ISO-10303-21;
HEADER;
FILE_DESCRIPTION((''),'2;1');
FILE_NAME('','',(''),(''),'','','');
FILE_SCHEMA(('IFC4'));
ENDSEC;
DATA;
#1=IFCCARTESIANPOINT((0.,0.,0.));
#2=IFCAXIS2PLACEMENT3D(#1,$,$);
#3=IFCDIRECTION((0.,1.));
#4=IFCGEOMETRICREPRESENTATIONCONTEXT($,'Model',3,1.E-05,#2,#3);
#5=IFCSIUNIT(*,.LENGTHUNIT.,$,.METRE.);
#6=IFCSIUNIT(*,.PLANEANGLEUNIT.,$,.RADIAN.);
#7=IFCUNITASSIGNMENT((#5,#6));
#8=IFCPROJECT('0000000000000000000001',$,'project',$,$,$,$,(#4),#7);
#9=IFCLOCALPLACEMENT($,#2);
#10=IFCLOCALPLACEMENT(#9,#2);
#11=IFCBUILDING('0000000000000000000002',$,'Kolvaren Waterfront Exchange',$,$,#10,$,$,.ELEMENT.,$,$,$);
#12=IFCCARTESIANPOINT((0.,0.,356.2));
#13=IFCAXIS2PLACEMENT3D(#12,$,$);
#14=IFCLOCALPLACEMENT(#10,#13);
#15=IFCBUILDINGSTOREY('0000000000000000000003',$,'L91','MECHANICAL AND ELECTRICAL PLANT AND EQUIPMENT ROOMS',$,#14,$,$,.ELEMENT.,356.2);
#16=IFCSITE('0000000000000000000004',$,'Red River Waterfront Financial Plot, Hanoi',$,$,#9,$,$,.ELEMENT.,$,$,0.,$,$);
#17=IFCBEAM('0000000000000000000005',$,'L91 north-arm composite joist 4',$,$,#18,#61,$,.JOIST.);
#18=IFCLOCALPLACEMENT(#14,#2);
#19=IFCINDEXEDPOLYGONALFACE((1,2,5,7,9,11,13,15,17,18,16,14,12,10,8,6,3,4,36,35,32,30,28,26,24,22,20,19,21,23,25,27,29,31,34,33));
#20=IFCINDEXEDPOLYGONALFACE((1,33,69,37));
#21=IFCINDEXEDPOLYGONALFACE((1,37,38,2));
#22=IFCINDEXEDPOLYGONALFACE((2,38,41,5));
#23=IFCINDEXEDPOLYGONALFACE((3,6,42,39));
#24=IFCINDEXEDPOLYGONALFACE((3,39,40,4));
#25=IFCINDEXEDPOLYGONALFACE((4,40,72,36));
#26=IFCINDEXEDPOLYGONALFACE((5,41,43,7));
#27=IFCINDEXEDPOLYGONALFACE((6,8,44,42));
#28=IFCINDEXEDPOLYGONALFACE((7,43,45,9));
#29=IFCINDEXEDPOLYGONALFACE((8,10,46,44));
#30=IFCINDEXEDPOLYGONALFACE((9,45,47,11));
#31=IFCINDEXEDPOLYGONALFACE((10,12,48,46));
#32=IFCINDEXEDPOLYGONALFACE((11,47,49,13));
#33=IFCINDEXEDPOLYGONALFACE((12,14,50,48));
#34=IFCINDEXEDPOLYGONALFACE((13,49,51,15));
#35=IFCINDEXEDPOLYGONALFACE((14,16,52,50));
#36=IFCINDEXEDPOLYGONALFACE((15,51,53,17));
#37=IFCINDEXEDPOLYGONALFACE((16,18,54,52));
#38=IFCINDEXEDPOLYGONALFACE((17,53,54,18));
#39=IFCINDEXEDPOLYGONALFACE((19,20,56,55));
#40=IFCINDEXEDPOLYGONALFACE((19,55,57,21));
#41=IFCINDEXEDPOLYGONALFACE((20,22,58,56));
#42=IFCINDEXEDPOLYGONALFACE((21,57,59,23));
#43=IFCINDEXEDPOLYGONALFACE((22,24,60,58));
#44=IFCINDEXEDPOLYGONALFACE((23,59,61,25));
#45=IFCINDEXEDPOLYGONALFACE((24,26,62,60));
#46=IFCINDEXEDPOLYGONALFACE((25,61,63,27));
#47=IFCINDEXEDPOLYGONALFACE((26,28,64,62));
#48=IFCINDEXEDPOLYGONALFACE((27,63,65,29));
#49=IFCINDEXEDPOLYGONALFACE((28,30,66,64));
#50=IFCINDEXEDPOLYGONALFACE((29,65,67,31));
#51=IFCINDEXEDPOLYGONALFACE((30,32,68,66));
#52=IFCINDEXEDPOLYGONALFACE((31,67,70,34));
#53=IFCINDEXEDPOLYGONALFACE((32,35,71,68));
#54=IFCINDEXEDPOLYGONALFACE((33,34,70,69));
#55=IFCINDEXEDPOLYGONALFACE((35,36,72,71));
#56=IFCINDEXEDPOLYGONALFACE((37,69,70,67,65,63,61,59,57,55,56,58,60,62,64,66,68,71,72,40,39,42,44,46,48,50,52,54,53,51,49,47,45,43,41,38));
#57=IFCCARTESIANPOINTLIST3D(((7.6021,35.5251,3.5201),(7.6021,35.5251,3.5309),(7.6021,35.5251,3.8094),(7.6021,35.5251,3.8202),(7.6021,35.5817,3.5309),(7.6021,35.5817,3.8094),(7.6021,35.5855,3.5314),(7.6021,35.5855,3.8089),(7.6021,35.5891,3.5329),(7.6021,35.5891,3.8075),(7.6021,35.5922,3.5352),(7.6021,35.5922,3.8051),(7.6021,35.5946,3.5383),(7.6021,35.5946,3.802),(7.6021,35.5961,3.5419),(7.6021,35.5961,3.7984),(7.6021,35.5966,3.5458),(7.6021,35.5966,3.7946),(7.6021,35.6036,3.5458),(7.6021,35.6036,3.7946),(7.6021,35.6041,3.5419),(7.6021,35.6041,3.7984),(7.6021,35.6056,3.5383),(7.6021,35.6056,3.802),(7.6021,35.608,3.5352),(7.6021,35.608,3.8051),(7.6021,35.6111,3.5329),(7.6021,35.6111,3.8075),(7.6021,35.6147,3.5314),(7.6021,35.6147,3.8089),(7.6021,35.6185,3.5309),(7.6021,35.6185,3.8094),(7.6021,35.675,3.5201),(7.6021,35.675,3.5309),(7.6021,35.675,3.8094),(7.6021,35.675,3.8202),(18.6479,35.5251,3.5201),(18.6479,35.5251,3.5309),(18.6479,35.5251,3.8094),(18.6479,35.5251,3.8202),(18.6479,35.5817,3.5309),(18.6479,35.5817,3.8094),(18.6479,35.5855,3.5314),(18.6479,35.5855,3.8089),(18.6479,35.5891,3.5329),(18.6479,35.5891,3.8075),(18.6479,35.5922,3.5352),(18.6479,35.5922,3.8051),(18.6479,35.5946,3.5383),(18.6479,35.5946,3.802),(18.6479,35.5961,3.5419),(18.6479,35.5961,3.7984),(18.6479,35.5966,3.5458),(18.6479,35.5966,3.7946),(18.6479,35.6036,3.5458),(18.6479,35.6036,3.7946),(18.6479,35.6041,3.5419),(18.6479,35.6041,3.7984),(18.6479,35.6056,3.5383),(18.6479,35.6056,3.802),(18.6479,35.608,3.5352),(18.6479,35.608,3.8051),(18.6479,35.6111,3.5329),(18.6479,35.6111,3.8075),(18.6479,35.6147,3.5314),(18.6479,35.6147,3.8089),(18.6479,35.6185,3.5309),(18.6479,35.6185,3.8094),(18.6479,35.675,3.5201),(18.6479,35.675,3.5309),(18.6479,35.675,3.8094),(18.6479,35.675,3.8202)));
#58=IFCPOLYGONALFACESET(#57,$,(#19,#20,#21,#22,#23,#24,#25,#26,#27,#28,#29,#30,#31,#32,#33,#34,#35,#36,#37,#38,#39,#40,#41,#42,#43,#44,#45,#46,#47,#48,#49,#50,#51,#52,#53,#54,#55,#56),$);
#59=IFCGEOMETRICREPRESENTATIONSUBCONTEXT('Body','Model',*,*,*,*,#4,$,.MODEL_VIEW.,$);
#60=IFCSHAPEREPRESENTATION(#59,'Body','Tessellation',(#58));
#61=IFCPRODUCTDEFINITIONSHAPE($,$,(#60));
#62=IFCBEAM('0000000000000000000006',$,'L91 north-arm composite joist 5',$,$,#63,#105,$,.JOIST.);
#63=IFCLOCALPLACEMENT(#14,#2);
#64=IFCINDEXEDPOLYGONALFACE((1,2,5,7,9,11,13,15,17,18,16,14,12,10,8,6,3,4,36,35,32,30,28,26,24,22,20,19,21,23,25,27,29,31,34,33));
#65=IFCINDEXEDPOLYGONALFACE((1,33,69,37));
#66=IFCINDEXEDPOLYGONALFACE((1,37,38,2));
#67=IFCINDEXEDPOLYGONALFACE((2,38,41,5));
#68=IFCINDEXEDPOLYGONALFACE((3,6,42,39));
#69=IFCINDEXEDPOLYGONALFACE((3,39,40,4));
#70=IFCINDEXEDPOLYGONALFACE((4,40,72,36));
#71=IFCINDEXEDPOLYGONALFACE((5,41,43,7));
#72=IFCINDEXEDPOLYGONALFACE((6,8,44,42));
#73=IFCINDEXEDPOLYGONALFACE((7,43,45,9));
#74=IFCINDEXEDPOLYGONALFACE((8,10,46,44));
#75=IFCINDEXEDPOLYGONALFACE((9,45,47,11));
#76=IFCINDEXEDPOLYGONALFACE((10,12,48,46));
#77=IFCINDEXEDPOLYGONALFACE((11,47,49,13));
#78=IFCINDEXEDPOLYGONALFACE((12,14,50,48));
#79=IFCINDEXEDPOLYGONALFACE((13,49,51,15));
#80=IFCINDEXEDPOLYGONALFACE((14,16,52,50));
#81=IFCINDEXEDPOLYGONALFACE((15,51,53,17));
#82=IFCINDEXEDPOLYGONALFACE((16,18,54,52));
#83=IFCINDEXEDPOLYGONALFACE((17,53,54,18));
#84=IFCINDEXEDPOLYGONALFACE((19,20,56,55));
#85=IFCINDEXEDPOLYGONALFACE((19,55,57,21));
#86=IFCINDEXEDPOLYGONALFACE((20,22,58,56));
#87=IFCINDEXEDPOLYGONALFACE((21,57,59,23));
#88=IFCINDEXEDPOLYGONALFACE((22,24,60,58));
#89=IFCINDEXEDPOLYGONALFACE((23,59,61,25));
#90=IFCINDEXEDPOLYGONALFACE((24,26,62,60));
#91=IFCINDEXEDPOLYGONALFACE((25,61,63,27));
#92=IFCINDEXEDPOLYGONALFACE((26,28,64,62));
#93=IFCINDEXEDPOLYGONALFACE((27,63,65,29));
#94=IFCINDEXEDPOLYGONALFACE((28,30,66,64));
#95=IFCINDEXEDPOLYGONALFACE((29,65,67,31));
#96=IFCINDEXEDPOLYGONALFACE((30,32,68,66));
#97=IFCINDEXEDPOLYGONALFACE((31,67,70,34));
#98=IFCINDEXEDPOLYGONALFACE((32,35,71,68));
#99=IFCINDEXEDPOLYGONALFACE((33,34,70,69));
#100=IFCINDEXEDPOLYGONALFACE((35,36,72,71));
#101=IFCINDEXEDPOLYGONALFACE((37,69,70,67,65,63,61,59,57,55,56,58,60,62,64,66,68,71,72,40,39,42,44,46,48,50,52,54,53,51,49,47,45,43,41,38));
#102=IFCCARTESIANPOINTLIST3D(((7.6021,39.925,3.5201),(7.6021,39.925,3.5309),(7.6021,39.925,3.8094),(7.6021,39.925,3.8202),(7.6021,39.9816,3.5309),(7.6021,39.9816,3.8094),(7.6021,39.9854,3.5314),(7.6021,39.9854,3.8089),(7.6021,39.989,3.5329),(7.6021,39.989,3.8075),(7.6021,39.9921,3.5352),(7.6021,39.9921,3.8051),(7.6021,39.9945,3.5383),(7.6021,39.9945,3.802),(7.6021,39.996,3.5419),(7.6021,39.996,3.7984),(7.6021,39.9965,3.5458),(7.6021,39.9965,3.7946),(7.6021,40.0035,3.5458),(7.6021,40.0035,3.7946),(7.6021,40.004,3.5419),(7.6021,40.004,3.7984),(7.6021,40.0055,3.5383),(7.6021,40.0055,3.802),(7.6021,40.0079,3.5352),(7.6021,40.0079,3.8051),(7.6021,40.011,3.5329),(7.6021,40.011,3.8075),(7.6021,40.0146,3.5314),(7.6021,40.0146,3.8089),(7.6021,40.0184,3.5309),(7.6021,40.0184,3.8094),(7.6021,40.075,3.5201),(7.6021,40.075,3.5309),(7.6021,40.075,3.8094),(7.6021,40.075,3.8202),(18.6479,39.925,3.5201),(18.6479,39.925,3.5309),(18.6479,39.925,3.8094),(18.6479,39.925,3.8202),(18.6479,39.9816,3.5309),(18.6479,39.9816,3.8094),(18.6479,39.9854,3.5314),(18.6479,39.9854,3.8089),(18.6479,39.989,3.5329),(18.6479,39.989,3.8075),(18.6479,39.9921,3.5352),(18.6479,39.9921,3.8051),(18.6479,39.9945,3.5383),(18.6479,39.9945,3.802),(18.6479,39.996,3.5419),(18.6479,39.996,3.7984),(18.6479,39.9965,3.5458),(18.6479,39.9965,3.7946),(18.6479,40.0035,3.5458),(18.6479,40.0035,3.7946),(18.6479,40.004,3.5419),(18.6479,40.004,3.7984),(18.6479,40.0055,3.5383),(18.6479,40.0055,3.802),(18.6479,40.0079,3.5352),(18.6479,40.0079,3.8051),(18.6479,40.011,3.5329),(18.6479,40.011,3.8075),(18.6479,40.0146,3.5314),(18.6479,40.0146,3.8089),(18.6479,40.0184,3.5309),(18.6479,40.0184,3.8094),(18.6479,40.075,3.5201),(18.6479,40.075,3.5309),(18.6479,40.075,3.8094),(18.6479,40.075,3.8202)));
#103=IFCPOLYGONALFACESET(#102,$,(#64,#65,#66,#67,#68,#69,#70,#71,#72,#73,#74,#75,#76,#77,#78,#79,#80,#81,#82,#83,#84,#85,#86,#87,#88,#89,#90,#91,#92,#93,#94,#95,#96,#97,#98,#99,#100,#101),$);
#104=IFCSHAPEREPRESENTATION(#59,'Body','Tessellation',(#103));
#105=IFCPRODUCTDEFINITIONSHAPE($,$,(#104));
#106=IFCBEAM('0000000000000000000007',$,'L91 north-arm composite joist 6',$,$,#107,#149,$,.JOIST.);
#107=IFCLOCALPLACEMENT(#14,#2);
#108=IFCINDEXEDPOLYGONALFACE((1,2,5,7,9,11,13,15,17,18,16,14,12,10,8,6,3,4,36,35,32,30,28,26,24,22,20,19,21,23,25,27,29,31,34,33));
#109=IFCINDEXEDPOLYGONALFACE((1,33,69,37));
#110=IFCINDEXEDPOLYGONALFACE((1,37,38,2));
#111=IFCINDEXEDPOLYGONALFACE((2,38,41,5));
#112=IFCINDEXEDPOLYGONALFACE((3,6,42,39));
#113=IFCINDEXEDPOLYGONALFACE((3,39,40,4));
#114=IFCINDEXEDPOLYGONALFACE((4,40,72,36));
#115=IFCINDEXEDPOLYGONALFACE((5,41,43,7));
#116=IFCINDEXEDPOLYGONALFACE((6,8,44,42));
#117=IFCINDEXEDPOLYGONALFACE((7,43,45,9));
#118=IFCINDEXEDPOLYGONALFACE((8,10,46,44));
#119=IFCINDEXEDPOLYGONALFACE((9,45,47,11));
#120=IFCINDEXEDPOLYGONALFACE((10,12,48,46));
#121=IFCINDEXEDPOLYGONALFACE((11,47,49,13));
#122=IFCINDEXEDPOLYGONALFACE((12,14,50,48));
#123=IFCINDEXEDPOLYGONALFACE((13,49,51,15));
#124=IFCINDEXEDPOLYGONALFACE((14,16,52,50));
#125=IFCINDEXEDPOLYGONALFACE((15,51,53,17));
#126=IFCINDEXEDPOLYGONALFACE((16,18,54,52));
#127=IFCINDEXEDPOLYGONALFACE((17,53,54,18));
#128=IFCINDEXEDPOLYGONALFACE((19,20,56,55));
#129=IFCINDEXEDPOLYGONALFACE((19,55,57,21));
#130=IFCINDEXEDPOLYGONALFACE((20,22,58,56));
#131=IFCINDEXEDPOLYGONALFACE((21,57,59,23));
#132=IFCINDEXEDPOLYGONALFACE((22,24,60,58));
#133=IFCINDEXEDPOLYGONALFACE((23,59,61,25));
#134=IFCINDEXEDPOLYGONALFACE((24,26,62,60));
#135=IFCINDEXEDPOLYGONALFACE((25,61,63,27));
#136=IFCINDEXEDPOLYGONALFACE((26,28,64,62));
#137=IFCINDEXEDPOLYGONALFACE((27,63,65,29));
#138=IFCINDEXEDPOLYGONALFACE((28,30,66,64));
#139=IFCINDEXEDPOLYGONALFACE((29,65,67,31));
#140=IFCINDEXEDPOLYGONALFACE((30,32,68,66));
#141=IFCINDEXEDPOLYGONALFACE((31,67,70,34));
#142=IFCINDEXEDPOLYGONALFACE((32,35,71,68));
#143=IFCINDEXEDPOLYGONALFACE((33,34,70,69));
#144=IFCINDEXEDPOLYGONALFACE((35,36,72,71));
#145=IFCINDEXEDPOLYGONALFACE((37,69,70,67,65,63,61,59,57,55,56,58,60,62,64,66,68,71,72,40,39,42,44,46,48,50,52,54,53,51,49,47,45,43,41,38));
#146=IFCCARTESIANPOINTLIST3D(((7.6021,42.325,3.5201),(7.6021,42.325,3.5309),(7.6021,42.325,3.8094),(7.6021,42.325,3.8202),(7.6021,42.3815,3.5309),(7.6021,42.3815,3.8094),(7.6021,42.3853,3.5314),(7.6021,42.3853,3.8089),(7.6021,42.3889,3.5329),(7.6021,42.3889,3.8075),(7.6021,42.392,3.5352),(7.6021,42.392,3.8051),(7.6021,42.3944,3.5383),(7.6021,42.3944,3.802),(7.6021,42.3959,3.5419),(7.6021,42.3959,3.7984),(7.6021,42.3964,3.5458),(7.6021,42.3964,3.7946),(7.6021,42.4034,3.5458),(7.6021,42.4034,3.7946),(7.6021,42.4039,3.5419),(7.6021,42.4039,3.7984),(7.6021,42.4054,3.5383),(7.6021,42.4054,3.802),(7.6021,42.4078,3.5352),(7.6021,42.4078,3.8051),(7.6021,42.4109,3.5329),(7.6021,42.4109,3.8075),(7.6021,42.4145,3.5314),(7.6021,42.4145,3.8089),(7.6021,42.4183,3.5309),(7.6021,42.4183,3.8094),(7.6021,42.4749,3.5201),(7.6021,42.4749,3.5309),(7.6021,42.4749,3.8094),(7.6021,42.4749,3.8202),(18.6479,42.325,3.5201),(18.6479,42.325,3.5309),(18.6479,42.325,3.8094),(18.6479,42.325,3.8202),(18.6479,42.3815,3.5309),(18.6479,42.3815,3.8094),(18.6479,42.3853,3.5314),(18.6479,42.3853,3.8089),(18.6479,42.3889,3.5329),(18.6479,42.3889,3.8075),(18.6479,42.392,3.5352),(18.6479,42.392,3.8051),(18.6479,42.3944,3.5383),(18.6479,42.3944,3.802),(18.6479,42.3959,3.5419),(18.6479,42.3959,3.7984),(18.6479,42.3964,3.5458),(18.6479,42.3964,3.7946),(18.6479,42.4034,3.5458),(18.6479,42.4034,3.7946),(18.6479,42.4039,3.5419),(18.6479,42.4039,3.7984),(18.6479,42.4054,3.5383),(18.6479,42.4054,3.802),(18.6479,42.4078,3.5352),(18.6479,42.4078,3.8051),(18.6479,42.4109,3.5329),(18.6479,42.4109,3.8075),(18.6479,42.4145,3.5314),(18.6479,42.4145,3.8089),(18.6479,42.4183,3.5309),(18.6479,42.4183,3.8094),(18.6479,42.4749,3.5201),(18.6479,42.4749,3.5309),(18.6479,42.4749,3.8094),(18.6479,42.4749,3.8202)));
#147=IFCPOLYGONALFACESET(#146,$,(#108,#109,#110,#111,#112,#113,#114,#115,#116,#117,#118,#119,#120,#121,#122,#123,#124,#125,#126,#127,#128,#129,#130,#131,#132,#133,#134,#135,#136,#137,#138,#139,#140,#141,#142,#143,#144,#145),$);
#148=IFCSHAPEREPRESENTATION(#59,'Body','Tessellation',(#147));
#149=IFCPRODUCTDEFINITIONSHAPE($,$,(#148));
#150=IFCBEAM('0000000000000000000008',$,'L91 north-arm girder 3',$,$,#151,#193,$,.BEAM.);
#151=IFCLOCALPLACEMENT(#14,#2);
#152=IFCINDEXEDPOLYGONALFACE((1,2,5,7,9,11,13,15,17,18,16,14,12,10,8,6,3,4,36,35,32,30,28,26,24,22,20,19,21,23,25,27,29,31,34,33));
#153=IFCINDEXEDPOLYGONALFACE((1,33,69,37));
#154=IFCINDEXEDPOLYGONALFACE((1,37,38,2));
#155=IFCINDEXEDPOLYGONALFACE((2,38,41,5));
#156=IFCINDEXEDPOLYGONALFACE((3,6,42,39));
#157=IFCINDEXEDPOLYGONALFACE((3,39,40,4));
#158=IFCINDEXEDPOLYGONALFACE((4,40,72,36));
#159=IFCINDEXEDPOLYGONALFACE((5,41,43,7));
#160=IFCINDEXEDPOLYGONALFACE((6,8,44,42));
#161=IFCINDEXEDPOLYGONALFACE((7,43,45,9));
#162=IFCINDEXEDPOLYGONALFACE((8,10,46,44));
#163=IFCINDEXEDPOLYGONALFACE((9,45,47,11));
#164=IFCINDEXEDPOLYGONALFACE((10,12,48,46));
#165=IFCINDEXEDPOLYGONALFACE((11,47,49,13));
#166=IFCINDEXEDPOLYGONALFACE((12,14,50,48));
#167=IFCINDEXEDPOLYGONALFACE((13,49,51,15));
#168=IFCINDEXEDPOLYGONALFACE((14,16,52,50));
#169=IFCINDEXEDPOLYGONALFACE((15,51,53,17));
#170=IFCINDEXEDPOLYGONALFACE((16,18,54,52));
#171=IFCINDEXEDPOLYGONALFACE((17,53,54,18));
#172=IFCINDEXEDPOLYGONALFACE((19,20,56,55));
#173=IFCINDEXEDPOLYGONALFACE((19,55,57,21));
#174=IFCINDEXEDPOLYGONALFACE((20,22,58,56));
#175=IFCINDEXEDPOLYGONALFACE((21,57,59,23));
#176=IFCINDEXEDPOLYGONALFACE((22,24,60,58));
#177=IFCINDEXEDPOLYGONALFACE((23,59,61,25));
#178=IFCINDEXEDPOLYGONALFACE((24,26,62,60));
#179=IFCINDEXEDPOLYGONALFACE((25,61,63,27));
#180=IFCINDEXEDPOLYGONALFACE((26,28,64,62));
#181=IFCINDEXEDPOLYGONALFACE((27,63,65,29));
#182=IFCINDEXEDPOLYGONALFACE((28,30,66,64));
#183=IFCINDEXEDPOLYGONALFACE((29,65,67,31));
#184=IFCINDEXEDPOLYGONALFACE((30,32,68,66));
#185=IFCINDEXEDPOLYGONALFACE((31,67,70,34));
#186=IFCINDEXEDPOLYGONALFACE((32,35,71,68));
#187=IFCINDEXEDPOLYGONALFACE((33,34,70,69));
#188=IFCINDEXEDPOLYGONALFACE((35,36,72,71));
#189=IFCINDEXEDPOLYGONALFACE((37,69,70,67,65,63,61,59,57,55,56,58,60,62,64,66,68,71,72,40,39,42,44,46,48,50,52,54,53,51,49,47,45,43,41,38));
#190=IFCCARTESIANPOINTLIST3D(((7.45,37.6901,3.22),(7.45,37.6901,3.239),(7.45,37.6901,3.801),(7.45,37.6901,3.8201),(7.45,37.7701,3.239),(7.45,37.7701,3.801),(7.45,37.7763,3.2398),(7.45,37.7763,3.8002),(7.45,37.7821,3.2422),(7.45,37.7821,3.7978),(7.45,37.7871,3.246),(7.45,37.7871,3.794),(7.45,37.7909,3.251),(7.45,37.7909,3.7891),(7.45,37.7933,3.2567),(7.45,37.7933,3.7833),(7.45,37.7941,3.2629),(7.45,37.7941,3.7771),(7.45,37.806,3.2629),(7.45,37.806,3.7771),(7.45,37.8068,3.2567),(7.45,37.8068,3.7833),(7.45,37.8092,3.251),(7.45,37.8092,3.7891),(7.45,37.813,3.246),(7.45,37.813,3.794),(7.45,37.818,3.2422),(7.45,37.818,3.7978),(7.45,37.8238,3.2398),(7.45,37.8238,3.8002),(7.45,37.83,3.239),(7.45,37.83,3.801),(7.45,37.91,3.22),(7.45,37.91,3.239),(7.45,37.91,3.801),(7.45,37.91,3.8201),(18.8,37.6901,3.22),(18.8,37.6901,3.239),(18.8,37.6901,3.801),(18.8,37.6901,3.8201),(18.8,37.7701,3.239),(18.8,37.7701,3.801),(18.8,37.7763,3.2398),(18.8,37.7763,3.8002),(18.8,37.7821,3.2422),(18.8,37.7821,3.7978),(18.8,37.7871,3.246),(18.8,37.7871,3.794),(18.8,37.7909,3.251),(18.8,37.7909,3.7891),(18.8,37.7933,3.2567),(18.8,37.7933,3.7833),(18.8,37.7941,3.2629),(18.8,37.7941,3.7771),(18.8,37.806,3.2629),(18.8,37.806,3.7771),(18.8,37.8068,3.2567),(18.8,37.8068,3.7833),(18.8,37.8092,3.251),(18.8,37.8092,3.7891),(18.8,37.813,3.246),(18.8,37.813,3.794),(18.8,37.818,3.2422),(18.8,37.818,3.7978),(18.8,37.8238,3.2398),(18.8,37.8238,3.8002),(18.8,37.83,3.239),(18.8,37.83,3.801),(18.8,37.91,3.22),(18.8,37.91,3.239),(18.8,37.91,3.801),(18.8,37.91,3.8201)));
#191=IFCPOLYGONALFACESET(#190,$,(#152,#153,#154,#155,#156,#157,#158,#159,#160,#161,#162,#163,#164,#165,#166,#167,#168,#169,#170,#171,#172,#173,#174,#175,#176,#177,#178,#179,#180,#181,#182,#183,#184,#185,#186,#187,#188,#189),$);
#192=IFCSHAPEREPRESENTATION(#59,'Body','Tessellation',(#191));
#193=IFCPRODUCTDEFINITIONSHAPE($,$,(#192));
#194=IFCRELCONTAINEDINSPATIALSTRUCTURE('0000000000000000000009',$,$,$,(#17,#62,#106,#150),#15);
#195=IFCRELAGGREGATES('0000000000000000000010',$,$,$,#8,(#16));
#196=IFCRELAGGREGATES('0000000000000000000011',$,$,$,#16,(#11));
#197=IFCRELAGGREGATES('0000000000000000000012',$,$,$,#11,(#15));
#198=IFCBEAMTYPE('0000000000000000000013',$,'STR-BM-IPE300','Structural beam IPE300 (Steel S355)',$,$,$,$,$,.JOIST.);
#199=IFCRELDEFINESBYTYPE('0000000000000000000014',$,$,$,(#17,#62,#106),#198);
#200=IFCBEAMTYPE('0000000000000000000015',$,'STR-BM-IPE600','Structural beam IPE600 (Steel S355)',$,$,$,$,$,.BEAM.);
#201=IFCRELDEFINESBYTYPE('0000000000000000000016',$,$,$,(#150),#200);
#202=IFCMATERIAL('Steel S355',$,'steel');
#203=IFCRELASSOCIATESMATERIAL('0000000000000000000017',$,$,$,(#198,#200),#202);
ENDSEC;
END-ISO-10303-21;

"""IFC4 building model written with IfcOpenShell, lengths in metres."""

from ifc_helpers import new_model, si_unit, direction, frame, origin, origin_2d, place, context, subcontext, project, spatial, i_section, extrude, material, material_profile, profile_set, type_object, element, save


model = new_model("IFC4")

# Units and contexts
model_context = context("Model", 3, precision=1e-05, world=origin(), true_north=direction((0.0, 1.0)))
body_context = subcontext(model_context, "Body", "Model", "MODEL_VIEW")
ifc_project = project(units=[si_unit("LENGTHUNIT", "METRE"), si_unit("PLANEANGLEUNIT", "RADIAN")], contexts=[model_context])

# Site, building, storey
site_placement = place(None, origin())
site = spatial("IfcSite", under=ifc_project, at=site_placement, Name="Red River Waterfront Financial Plot, Hanoi", CompositionType="ELEMENT", RefElevation=0.0)
building_placement = place(site_placement, origin())
building = spatial("IfcBuilding", under=site, at=building_placement, Name="Kolvaren Waterfront Exchange", CompositionType="ELEMENT")
storey_placement = place(building_placement, frame((0.0, 0.0, 356.2)))
storey = spatial("IfcBuildingStorey", under=building, at=storey_placement, Name="L91", Description="MECHANICAL AND ELECTRICAL PLANT AND EQUIPMENT ROOMS", CompositionType="ELEMENT", Elevation=356.2)

# Beams
ifc_material_1 = material(Name="Steel S355", Category="steel")
ifc_material_profile_1 = material_profile(ifc_material_1, i_section(OverallWidth=0.1499, OverallDepth=0.3, WebThickness=0.0071, FlangeThickness=0.0107, FilletRadius=0.0149, at=origin_2d()), Name="IPE300")
ifc_profile_set_1 = profile_set([ifc_material_profile_1], Name="Steel S355")
beam_type_1 = type_object("IfcBeamType", Name="STR-BM-IPE300", Description="Structural beam IPE300 (Steel S355)", PredefinedType="JOIST", material=ifc_profile_set_1)
for number, where, z_axis, x_axis, name in (
    (1, (7.6021, 35.6001, 3.6702), (1.0, 0.0, 0.0), (0.0, 1.0, 0.0), "L91 north-arm composite joist 4"),
    (2, (7.6021, 40.0, 3.6702), (1.0, 0.0, 0.0), (0.0, 1.0, 0.0), "L91 north-arm composite joist 5"),
    (3, (7.6021, 42.3999, 3.6702), (1.0, 0.0, 0.0), (0.0, 1.0, 0.0), "L91 north-arm composite joist 6"),
):
    element("IfcBeam", number, at=place(storey_placement, frame(where, z_axis=z_axis, x_axis=x_axis)), inside=storey, type_object=beam_type_1, Name=name, PredefinedType="JOIST", context=body_context, shape_type="SweptSolid", body=[
        extrude(i_section(OverallWidth=0.1499, OverallDepth=0.3, WebThickness=0.0071, FlangeThickness=0.0107, FilletRadius=0.0149, at=origin_2d()), origin(), (0.0, 0.0, 1.0), 11.0459),
    ])
ifc_material_profile_2 = material_profile(ifc_material_1, i_section(OverallWidth=0.22, OverallDepth=0.6001, WebThickness=0.012, FlangeThickness=0.019, FilletRadius=0.0239, at=origin_2d()), Name="IPE600")
ifc_profile_set_2 = profile_set([ifc_material_profile_2], Name="Steel S355")
beam_type_2 = type_object("IfcBeamType", Name="STR-BM-IPE600", Description="Structural beam IPE600 (Steel S355)", PredefinedType="BEAM", material=ifc_profile_set_2)
for number, where, z_axis, x_axis, name in (
    (4, (7.45, 37.8, 3.52), (1.0, 0.0, 0.0), (0.0, 1.0, 0.0), "L91 north-arm girder 3"),
):
    element("IfcBeam", number, at=place(storey_placement, frame(where, z_axis=z_axis, x_axis=x_axis)), inside=storey, type_object=beam_type_2, Name=name, PredefinedType="BEAM", context=body_context, shape_type="SweptSolid", body=[
        extrude(i_section(OverallWidth=0.22, OverallDepth=0.6001, WebThickness=0.012, FlangeThickness=0.019, FilletRadius=0.0239, at=origin_2d()), origin(), (0.0, 0.0, 1.0), 11.3501),
    ])

save(model, "model.ifc")
